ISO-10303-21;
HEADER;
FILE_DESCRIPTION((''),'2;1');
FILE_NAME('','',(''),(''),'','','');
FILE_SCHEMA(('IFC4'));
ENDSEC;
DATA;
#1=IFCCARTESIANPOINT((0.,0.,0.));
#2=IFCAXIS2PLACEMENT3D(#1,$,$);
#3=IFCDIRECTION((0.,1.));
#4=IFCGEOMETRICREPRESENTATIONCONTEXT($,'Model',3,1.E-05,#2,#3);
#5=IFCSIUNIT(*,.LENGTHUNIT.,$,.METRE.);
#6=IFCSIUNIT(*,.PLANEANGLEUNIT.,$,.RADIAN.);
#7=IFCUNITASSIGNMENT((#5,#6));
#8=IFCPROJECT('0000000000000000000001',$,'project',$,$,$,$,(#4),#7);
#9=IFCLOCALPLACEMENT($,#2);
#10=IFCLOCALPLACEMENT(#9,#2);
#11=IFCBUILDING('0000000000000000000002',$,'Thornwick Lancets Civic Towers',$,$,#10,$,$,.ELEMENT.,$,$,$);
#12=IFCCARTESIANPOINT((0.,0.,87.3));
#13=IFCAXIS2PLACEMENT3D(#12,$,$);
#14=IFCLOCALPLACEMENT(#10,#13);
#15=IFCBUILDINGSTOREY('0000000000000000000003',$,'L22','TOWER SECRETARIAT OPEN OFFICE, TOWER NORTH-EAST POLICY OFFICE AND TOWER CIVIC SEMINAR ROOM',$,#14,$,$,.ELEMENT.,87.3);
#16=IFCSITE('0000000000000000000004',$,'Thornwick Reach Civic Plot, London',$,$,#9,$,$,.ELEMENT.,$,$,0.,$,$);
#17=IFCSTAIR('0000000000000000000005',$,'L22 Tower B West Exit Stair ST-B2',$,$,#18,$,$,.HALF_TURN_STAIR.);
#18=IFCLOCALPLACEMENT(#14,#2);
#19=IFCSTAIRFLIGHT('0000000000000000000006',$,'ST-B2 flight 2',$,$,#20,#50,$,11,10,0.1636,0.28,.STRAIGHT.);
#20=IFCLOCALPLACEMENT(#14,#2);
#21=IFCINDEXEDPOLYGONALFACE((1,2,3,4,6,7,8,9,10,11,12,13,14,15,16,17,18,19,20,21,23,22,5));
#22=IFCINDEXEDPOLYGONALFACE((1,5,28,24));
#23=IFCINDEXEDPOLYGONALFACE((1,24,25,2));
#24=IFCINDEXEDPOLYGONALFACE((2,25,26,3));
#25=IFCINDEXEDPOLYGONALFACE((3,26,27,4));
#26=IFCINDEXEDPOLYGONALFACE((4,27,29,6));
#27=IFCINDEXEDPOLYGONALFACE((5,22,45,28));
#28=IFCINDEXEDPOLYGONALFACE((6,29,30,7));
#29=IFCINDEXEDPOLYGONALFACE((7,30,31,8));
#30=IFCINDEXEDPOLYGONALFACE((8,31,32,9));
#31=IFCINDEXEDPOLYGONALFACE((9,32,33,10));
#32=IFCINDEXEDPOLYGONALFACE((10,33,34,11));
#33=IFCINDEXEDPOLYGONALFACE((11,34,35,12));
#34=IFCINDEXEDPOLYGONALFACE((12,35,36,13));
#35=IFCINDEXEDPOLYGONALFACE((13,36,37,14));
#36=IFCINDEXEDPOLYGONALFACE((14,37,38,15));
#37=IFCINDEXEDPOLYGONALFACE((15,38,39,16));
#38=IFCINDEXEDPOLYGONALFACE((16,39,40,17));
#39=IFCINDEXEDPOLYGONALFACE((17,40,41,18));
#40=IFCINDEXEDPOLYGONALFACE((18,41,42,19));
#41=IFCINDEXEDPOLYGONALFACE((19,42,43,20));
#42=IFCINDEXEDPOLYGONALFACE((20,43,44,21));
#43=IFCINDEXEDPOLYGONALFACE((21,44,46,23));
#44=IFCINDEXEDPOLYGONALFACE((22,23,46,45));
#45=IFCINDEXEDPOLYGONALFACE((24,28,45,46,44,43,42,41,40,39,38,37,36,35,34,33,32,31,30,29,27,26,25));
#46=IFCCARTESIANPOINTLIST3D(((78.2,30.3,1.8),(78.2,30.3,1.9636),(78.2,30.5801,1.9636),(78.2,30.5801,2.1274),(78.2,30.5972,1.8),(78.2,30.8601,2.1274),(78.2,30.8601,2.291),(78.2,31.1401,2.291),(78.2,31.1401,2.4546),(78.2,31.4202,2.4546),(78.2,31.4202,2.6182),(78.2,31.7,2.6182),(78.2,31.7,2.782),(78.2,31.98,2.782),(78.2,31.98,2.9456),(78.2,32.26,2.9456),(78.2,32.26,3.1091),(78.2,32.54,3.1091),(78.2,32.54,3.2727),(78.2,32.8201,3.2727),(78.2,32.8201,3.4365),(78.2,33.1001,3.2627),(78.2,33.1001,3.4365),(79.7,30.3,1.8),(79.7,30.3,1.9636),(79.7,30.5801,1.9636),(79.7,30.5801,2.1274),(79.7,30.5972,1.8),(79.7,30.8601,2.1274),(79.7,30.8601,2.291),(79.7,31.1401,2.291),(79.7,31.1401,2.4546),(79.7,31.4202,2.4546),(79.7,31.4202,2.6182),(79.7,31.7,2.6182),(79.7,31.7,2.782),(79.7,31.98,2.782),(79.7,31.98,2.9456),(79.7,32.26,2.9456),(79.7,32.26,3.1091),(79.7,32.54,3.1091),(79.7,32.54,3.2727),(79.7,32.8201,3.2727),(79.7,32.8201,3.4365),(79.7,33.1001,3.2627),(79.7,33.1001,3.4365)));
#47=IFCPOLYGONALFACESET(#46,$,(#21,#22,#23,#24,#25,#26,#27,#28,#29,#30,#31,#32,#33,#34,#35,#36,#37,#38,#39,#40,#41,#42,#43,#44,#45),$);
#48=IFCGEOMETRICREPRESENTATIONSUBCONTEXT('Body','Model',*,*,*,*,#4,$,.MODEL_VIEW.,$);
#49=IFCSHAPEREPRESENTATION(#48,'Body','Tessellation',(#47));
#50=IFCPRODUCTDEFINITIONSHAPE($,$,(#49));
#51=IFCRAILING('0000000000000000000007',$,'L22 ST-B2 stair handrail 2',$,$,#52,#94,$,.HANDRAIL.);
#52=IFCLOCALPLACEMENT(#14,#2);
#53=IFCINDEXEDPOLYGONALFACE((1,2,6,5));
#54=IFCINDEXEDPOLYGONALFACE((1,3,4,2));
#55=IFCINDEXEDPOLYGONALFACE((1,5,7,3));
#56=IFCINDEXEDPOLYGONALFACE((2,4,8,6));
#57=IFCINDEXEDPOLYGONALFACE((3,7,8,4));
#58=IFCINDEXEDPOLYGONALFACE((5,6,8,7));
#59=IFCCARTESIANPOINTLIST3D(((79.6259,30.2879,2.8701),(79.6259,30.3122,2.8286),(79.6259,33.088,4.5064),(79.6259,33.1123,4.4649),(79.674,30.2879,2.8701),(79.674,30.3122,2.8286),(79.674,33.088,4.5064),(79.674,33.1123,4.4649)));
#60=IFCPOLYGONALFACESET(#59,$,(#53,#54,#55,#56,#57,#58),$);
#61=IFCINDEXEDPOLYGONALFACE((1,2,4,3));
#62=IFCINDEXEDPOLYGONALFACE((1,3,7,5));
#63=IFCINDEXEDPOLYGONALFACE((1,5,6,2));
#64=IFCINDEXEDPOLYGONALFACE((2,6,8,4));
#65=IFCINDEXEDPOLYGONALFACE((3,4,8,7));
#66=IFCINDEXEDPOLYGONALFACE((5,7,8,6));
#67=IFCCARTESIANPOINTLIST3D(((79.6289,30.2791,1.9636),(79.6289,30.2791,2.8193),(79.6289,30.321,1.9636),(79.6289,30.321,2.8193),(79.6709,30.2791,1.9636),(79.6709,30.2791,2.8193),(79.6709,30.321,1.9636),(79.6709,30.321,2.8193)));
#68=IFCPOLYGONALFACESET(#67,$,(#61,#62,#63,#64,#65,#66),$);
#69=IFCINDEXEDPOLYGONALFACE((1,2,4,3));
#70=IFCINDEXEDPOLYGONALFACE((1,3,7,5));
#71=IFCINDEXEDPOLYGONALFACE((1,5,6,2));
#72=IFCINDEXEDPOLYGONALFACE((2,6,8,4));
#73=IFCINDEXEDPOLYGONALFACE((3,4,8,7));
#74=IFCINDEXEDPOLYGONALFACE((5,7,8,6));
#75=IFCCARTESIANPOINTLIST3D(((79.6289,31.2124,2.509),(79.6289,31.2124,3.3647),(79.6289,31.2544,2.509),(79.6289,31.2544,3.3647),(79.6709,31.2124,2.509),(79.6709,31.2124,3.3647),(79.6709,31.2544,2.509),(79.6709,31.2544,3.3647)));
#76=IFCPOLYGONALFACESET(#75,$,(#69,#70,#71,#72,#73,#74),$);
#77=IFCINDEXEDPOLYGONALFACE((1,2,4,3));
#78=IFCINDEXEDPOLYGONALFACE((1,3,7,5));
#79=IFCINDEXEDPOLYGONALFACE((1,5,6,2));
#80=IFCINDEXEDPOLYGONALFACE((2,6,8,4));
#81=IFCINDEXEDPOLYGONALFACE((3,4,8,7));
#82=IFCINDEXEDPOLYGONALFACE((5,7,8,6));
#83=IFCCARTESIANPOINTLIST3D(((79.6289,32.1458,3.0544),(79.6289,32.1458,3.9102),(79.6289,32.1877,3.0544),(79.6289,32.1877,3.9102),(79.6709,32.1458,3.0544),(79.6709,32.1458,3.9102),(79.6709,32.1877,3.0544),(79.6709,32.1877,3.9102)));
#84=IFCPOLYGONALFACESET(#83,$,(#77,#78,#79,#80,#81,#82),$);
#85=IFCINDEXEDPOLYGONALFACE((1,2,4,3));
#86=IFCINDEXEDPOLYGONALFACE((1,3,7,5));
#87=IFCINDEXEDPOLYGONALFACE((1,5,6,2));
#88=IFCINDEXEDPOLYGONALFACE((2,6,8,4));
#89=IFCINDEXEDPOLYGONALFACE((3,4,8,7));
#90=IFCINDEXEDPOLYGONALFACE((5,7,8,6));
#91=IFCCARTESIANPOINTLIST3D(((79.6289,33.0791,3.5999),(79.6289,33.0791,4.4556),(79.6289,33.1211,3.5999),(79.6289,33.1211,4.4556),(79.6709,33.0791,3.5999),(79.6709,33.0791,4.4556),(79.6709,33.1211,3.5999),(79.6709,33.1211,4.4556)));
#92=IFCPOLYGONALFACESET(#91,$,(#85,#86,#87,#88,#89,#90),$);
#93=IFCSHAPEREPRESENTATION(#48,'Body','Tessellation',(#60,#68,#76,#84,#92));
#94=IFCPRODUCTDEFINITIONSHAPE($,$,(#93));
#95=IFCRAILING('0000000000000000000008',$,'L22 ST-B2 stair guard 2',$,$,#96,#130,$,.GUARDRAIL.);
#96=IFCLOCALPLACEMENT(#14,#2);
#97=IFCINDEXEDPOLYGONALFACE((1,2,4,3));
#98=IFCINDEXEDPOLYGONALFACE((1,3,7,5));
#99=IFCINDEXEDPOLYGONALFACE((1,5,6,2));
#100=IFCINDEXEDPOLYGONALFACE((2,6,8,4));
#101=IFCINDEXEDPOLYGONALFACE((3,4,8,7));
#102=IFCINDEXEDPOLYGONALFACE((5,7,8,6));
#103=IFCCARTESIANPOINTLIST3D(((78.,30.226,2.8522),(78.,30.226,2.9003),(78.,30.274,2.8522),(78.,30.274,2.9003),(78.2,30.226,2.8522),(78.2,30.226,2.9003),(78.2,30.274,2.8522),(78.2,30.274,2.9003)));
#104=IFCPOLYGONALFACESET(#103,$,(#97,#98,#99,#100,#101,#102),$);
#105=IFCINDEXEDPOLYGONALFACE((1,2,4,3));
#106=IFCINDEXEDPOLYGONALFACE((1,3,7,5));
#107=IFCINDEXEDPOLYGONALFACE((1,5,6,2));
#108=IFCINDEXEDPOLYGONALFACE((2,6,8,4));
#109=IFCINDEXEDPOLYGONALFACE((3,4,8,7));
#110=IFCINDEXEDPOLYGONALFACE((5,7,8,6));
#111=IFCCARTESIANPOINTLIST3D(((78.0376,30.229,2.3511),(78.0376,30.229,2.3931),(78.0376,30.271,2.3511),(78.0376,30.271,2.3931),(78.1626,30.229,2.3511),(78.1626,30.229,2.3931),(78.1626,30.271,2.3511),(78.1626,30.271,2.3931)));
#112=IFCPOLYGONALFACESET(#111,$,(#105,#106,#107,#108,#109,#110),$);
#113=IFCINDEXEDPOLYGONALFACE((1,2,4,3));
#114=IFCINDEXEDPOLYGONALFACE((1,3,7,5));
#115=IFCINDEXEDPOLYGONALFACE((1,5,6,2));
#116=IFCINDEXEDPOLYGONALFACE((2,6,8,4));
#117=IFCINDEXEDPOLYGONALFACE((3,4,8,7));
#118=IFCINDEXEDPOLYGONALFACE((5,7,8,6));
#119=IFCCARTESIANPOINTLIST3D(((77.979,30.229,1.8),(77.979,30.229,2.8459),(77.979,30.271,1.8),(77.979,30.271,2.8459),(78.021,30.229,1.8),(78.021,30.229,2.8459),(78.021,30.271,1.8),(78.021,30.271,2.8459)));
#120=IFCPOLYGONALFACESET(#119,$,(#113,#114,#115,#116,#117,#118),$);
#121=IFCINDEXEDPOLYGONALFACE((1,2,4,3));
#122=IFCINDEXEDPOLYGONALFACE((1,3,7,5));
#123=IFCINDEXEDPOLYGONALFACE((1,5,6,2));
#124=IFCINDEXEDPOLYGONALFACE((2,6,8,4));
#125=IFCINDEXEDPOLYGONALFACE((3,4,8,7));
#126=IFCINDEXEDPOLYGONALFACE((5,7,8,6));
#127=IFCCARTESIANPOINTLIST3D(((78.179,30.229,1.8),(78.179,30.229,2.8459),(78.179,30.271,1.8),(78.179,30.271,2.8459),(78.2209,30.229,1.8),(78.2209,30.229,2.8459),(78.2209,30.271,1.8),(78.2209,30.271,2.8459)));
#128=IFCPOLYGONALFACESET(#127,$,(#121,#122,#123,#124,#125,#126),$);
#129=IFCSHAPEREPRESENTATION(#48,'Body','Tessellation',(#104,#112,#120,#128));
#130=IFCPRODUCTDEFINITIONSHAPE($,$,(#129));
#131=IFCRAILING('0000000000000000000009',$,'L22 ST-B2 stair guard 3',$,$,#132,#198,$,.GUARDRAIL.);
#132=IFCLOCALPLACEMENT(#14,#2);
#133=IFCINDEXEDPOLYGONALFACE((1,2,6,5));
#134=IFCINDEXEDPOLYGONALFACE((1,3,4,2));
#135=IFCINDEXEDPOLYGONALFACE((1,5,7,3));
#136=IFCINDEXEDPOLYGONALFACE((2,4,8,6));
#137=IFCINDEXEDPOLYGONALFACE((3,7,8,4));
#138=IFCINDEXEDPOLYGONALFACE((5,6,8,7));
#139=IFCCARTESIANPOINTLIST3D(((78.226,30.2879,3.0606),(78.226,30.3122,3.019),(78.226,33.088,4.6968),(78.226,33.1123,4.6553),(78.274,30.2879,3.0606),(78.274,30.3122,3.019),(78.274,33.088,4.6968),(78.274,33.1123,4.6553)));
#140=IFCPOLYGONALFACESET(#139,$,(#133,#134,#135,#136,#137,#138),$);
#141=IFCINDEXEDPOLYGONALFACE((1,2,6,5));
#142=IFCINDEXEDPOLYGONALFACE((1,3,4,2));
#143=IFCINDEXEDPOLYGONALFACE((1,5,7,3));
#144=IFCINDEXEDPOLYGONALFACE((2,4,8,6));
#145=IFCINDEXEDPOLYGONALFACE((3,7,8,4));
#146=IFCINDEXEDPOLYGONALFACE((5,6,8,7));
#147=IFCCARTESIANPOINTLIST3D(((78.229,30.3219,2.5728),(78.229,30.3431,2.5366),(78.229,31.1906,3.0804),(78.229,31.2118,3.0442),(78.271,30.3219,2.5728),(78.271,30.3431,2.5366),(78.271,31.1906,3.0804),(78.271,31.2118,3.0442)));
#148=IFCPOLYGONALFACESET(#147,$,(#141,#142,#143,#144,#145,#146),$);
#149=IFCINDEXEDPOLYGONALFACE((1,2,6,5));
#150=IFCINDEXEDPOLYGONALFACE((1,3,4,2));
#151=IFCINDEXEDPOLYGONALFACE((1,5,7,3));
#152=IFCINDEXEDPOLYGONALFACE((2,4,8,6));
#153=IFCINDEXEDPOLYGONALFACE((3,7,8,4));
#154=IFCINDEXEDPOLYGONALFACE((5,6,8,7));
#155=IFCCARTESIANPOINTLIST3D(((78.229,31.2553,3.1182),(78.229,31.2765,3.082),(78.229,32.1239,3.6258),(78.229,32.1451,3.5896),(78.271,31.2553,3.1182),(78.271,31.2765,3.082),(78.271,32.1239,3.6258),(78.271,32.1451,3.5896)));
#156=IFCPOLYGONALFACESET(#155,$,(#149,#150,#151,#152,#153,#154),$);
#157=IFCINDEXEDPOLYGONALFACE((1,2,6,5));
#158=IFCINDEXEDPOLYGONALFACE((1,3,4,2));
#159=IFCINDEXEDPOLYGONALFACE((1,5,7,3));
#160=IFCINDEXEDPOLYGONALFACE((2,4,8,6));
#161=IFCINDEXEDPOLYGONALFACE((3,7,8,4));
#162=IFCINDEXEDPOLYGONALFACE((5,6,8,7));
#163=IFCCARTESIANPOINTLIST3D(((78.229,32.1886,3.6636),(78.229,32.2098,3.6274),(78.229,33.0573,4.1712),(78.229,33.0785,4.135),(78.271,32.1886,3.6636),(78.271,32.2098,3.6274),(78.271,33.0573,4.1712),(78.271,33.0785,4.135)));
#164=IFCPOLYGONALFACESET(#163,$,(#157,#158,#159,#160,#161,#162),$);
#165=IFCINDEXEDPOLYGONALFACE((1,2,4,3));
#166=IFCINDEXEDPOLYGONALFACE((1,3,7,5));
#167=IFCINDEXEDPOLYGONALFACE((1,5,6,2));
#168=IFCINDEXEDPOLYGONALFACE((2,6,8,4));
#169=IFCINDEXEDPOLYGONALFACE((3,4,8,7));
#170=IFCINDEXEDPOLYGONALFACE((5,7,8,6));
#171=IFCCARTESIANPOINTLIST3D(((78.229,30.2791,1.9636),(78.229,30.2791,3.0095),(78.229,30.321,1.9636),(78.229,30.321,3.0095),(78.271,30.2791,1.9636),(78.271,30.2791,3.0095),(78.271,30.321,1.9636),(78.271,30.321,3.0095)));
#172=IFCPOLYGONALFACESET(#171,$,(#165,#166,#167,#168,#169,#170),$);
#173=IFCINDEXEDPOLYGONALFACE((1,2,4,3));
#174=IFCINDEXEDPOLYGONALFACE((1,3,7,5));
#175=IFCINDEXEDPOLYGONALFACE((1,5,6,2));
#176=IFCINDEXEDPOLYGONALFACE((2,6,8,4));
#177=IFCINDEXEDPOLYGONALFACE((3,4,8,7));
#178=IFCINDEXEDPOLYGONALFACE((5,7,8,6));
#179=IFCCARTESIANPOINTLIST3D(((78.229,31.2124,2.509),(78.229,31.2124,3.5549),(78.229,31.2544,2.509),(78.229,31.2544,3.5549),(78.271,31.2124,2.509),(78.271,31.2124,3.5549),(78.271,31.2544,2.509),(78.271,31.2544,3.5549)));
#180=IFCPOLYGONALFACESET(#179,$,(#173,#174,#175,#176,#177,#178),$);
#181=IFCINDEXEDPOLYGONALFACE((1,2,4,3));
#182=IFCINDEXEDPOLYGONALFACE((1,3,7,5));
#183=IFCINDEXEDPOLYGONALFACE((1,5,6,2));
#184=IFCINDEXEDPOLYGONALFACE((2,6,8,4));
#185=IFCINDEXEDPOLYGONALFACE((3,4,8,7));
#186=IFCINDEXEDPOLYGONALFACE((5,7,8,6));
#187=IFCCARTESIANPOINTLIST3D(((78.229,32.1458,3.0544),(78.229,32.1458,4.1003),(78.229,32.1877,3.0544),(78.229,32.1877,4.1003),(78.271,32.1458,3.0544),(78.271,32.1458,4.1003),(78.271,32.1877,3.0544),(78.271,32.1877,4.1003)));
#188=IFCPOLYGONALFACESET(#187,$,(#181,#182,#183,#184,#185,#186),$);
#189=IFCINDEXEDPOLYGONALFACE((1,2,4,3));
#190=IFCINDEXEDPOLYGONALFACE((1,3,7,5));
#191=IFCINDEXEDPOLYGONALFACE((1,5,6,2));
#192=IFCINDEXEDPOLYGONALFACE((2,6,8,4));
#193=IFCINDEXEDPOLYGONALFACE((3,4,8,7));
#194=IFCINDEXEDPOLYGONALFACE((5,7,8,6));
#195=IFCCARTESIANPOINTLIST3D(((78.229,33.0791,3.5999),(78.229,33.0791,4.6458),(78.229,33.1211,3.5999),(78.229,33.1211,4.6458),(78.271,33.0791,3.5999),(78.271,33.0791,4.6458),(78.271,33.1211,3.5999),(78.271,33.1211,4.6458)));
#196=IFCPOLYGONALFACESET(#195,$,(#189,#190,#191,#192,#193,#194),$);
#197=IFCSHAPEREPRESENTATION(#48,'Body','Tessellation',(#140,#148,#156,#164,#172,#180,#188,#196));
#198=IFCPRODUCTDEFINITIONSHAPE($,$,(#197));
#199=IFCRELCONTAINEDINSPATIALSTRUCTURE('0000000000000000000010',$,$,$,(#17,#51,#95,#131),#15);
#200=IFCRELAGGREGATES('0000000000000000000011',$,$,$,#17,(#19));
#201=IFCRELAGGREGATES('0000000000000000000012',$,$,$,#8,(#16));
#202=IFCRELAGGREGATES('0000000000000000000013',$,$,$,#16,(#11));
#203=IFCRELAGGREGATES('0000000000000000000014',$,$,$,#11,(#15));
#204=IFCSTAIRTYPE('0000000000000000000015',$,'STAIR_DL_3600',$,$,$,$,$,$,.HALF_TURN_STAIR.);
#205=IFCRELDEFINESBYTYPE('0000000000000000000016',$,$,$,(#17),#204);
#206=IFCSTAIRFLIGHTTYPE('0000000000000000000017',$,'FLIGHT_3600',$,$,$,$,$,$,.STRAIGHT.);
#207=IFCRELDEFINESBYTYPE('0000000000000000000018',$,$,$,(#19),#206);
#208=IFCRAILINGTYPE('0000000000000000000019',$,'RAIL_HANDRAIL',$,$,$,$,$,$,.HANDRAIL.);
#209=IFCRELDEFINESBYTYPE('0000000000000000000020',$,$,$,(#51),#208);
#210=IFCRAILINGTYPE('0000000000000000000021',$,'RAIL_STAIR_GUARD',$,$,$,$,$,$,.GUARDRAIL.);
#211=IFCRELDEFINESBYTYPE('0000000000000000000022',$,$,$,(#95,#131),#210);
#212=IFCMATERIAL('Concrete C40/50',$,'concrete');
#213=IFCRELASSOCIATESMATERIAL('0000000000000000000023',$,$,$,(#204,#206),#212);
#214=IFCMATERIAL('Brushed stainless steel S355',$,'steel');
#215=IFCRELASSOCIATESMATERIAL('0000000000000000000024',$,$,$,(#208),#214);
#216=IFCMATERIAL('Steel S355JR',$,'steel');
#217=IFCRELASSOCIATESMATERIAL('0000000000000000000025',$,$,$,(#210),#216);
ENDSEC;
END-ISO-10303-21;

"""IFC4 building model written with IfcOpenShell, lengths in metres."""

from ifc_helpers import new_model, si_unit, direction, frame, origin, origin_2d, place, context, subcontext, project, spatial, polyline, rectangle, outline, extrude, material, type_object, element, aggregate, save


model = new_model("IFC4")

# Units and contexts
model_context = context("Model", 3, precision=1e-05, world=origin(), true_north=direction((0.0, 1.0)))
body_context = subcontext(model_context, "Body", "Model", "MODEL_VIEW")
ifc_project = project(units=[si_unit("LENGTHUNIT", "METRE"), si_unit("PLANEANGLEUNIT", "RADIAN")], contexts=[model_context])

# Site, building, storey
site_placement = place(None, origin())
site = spatial("IfcSite", under=ifc_project, at=site_placement, Name="Thornwick Reach Civic Plot, London", CompositionType="ELEMENT", RefElevation=0.0)
building_placement = place(site_placement, origin())
building = spatial("IfcBuilding", under=site, at=building_placement, Name="Thornwick Lancets Civic Towers", CompositionType="ELEMENT")
storey_placement = place(building_placement, frame((0.0, 0.0, 87.3)))
storey = spatial("IfcBuildingStorey", under=building, at=storey_placement, Name="L22", Description="TOWER SECRETARIAT OPEN OFFICE, TOWER NORTH-EAST POLICY OFFICE AND TOWER CIVIC SEMINAR ROOM", CompositionType="ELEMENT", Elevation=87.3)

# Shared definitions
ifc_material_1 = material(Name="Concrete C40/50", Category="concrete")

# Stair, stair flight
stair_type = type_object("IfcStairType", Name="STAIR_DL_3600", PredefinedType="HALF_TURN_STAIR", material=ifc_material_1)
stair_placement = place(storey_placement, origin())
stair = element("IfcStair", 1, at=stair_placement, inside=storey, type_object=stair_type, Name="L22 Tower B West Exit Stair ST-B2", PredefinedType="HALF_TURN_STAIR")
stair_flight_type = type_object("IfcStairFlightType", Name="FLIGHT_3600", PredefinedType="STRAIGHT", material=ifc_material_1)
stair_flight_placement = place(storey_placement, frame((78.95, 30.3, 1.8), z_axis=(0.0, 0.0, 1.0), x_axis=(0.0, 1.0, 0.0)))
stair_flight = element("IfcStairFlight", 2, at=stair_flight_placement, type_object=stair_flight_type, Name="ST-B2 flight 2", NumberOfRisers=11, NumberOfTreads=10, PredefinedType="STRAIGHT", RiserHeight=0.1636, TreadLength=0.28, context=body_context, shape_type="SweptSolid", body=[
    extrude(outline(polyline([(0.0, 0.0), (0.0, 0.1636), (0.28, 0.1636), (0.28, 0.3274), (0.5601, 0.3274), (0.5601, 0.491), (0.8401, 0.491), (0.8401, 0.6545), (1.1201, 0.6545), (1.1201, 0.8181), (1.3999, 0.8181), (1.3999, 0.9819), (1.6799, 0.9819), (1.6799, 1.1455), (1.96, 1.1455), (1.96, 1.3091), (2.24, 1.3091), (2.24, 1.4727), (2.52, 1.4727), (2.52, 1.6365), (2.8, 1.6365), (2.8, 1.8), (2.8, 1.4626), (0.2971, 0.0), (0.0, 0.0)])), frame((0.0, 0.75, 0.0), z_axis=(0.0, -1.0, 0.0), x_axis=(1.0, 0.0, 0.0)), (0.0, 0.0, 1.0), 1.5),
])
aggregate(stair, [stair_flight])

# Railings
ifc_material_2 = material(Name="Brushed stainless steel S355", Category="steel")
railing_type_1 = type_object("IfcRailingType", Name="RAIL_HANDRAIL", PredefinedType="HANDRAIL", material=ifc_material_2)
railing_1_placement = place(storey_placement, frame((79.6499, 30.3, 1.9636)))
element("IfcRailing", 3, at=railing_1_placement, inside=storey, type_object=railing_type_1, Name="L22 ST-B2 stair handrail 2", PredefinedType="HANDRAIL", context=body_context, shape_type="SweptSolid", body=[
    extrude(rectangle(XDim=0.0481, YDim=0.0481, at=origin_2d()), frame((0.0, 0.0, 0.8857), z_axis=(0.0, 0.863394, 0.504531), x_axis=(-1.0, 0.0, 0.0)), (0.0, 0.0, 1.0), 3.2432),
    extrude(rectangle(XDim=0.042, YDim=0.042, at=origin_2d()), origin(), (0.0, 0.0, 1.0), 0.8557),
    extrude(rectangle(XDim=0.042, YDim=0.042, at=origin_2d()), frame((0.0, 0.9333, 0.5454)), (0.0, 0.0, 1.0), 0.8557),
    extrude(rectangle(XDim=0.042, YDim=0.042, at=origin_2d()), frame((0.0, 1.8667, 1.0908)), (0.0, 0.0, 1.0), 0.8557),
    extrude(rectangle(XDim=0.042, YDim=0.042, at=origin_2d()), frame((0.0, 2.8, 1.6362)), (0.0, 0.0, 1.0), 0.8557),
])
ifc_material_3 = material(Name="Steel S355JR", Category="steel")
railing_type_2 = type_object("IfcRailingType", Name="RAIL_STAIR_GUARD", PredefinedType="GUARDRAIL", material=ifc_material_3)
railing_2_placement = place(storey_placement, frame((78.0, 30.25, 1.8)))
element("IfcRailing", 4, at=railing_2_placement, inside=storey, type_object=railing_type_2, Name="L22 ST-B2 stair guard 2", PredefinedType="GUARDRAIL", context=body_context, shape_type="SweptSolid", body=[
    extrude(rectangle(XDim=0.0481, YDim=0.0481, at=origin_2d()), frame((0.0, 0.0, 1.0762), z_axis=(1.0, 0.0, 0.0), x_axis=(0.0, 1.0, 0.0)), (0.0, 0.0, 1.0), 0.2),
    extrude(rectangle(XDim=0.042, YDim=0.042, at=origin_2d()), frame((0.0376, 0.0, 0.572), z_axis=(1.0, 0.0, 0.0), x_axis=(0.0, 1.0, 0.0)), (0.0, 0.0, 1.0), 0.125),
    extrude(rectangle(XDim=0.042, YDim=0.042, at=origin_2d()), origin(), (0.0, 0.0, 1.0), 1.0459),
    extrude(rectangle(XDim=0.042, YDim=0.042, at=origin_2d()), frame((0.2, 0.0, 0.0)), (0.0, 0.0, 1.0), 1.0459),
])
railing_3_placement = place(storey_placement, frame((78.25, 30.3, 1.9636)))
element("IfcRailing", 5, at=railing_3_placement, inside=storey, type_object=railing_type_2, Name="L22 ST-B2 stair guard 3", PredefinedType="GUARDRAIL", context=body_context, shape_type="SweptSolid", body=[
    extrude(rectangle(XDim=0.0481, YDim=0.0481, at=origin_2d()), frame((0.0, 0.0, 1.0762), z_axis=(0.0, 0.863394, 0.504531), x_axis=(-1.0, 0.0, 0.0)), (0.0, 0.0, 1.0), 3.2432),
    extrude(rectangle(XDim=0.042, YDim=0.042, at=origin_2d()), frame((0.0, 0.0325, 0.5911), z_axis=(0.0, 0.863394, 0.504531), x_axis=(-1.0, 0.0, 0.0)), (0.0, 0.0, 1.0), 1.0061),
    extrude(rectangle(XDim=0.042, YDim=0.042, at=origin_2d()), frame((0.0, 0.9658, 1.1365), z_axis=(0.0, 0.863394, 0.504531), x_axis=(-1.0, 0.0, 0.0)), (0.0, 0.0, 1.0), 1.0061),
    extrude(rectangle(XDim=0.042, YDim=0.042, at=origin_2d()), frame((0.0, 1.8992, 1.6819), z_axis=(0.0, 0.863394, 0.504531), x_axis=(-1.0, 0.0, 0.0)), (0.0, 0.0, 1.0), 1.0061),
    extrude(rectangle(XDim=0.042, YDim=0.042, at=origin_2d()), origin(), (0.0, 0.0, 1.0), 1.0459),
    extrude(rectangle(XDim=0.042, YDim=0.042, at=origin_2d()), frame((0.0, 0.9333, 0.5454)), (0.0, 0.0, 1.0), 1.0459),
    extrude(rectangle(XDim=0.042, YDim=0.042, at=origin_2d()), frame((0.0, 1.8667, 1.0908)), (0.0, 0.0, 1.0), 1.0459),
    extrude(rectangle(XDim=0.042, YDim=0.042, at=origin_2d()), frame((0.0, 2.8, 1.6362)), (0.0, 0.0, 1.0), 1.0459),
])

save(model, "model.ifc")
